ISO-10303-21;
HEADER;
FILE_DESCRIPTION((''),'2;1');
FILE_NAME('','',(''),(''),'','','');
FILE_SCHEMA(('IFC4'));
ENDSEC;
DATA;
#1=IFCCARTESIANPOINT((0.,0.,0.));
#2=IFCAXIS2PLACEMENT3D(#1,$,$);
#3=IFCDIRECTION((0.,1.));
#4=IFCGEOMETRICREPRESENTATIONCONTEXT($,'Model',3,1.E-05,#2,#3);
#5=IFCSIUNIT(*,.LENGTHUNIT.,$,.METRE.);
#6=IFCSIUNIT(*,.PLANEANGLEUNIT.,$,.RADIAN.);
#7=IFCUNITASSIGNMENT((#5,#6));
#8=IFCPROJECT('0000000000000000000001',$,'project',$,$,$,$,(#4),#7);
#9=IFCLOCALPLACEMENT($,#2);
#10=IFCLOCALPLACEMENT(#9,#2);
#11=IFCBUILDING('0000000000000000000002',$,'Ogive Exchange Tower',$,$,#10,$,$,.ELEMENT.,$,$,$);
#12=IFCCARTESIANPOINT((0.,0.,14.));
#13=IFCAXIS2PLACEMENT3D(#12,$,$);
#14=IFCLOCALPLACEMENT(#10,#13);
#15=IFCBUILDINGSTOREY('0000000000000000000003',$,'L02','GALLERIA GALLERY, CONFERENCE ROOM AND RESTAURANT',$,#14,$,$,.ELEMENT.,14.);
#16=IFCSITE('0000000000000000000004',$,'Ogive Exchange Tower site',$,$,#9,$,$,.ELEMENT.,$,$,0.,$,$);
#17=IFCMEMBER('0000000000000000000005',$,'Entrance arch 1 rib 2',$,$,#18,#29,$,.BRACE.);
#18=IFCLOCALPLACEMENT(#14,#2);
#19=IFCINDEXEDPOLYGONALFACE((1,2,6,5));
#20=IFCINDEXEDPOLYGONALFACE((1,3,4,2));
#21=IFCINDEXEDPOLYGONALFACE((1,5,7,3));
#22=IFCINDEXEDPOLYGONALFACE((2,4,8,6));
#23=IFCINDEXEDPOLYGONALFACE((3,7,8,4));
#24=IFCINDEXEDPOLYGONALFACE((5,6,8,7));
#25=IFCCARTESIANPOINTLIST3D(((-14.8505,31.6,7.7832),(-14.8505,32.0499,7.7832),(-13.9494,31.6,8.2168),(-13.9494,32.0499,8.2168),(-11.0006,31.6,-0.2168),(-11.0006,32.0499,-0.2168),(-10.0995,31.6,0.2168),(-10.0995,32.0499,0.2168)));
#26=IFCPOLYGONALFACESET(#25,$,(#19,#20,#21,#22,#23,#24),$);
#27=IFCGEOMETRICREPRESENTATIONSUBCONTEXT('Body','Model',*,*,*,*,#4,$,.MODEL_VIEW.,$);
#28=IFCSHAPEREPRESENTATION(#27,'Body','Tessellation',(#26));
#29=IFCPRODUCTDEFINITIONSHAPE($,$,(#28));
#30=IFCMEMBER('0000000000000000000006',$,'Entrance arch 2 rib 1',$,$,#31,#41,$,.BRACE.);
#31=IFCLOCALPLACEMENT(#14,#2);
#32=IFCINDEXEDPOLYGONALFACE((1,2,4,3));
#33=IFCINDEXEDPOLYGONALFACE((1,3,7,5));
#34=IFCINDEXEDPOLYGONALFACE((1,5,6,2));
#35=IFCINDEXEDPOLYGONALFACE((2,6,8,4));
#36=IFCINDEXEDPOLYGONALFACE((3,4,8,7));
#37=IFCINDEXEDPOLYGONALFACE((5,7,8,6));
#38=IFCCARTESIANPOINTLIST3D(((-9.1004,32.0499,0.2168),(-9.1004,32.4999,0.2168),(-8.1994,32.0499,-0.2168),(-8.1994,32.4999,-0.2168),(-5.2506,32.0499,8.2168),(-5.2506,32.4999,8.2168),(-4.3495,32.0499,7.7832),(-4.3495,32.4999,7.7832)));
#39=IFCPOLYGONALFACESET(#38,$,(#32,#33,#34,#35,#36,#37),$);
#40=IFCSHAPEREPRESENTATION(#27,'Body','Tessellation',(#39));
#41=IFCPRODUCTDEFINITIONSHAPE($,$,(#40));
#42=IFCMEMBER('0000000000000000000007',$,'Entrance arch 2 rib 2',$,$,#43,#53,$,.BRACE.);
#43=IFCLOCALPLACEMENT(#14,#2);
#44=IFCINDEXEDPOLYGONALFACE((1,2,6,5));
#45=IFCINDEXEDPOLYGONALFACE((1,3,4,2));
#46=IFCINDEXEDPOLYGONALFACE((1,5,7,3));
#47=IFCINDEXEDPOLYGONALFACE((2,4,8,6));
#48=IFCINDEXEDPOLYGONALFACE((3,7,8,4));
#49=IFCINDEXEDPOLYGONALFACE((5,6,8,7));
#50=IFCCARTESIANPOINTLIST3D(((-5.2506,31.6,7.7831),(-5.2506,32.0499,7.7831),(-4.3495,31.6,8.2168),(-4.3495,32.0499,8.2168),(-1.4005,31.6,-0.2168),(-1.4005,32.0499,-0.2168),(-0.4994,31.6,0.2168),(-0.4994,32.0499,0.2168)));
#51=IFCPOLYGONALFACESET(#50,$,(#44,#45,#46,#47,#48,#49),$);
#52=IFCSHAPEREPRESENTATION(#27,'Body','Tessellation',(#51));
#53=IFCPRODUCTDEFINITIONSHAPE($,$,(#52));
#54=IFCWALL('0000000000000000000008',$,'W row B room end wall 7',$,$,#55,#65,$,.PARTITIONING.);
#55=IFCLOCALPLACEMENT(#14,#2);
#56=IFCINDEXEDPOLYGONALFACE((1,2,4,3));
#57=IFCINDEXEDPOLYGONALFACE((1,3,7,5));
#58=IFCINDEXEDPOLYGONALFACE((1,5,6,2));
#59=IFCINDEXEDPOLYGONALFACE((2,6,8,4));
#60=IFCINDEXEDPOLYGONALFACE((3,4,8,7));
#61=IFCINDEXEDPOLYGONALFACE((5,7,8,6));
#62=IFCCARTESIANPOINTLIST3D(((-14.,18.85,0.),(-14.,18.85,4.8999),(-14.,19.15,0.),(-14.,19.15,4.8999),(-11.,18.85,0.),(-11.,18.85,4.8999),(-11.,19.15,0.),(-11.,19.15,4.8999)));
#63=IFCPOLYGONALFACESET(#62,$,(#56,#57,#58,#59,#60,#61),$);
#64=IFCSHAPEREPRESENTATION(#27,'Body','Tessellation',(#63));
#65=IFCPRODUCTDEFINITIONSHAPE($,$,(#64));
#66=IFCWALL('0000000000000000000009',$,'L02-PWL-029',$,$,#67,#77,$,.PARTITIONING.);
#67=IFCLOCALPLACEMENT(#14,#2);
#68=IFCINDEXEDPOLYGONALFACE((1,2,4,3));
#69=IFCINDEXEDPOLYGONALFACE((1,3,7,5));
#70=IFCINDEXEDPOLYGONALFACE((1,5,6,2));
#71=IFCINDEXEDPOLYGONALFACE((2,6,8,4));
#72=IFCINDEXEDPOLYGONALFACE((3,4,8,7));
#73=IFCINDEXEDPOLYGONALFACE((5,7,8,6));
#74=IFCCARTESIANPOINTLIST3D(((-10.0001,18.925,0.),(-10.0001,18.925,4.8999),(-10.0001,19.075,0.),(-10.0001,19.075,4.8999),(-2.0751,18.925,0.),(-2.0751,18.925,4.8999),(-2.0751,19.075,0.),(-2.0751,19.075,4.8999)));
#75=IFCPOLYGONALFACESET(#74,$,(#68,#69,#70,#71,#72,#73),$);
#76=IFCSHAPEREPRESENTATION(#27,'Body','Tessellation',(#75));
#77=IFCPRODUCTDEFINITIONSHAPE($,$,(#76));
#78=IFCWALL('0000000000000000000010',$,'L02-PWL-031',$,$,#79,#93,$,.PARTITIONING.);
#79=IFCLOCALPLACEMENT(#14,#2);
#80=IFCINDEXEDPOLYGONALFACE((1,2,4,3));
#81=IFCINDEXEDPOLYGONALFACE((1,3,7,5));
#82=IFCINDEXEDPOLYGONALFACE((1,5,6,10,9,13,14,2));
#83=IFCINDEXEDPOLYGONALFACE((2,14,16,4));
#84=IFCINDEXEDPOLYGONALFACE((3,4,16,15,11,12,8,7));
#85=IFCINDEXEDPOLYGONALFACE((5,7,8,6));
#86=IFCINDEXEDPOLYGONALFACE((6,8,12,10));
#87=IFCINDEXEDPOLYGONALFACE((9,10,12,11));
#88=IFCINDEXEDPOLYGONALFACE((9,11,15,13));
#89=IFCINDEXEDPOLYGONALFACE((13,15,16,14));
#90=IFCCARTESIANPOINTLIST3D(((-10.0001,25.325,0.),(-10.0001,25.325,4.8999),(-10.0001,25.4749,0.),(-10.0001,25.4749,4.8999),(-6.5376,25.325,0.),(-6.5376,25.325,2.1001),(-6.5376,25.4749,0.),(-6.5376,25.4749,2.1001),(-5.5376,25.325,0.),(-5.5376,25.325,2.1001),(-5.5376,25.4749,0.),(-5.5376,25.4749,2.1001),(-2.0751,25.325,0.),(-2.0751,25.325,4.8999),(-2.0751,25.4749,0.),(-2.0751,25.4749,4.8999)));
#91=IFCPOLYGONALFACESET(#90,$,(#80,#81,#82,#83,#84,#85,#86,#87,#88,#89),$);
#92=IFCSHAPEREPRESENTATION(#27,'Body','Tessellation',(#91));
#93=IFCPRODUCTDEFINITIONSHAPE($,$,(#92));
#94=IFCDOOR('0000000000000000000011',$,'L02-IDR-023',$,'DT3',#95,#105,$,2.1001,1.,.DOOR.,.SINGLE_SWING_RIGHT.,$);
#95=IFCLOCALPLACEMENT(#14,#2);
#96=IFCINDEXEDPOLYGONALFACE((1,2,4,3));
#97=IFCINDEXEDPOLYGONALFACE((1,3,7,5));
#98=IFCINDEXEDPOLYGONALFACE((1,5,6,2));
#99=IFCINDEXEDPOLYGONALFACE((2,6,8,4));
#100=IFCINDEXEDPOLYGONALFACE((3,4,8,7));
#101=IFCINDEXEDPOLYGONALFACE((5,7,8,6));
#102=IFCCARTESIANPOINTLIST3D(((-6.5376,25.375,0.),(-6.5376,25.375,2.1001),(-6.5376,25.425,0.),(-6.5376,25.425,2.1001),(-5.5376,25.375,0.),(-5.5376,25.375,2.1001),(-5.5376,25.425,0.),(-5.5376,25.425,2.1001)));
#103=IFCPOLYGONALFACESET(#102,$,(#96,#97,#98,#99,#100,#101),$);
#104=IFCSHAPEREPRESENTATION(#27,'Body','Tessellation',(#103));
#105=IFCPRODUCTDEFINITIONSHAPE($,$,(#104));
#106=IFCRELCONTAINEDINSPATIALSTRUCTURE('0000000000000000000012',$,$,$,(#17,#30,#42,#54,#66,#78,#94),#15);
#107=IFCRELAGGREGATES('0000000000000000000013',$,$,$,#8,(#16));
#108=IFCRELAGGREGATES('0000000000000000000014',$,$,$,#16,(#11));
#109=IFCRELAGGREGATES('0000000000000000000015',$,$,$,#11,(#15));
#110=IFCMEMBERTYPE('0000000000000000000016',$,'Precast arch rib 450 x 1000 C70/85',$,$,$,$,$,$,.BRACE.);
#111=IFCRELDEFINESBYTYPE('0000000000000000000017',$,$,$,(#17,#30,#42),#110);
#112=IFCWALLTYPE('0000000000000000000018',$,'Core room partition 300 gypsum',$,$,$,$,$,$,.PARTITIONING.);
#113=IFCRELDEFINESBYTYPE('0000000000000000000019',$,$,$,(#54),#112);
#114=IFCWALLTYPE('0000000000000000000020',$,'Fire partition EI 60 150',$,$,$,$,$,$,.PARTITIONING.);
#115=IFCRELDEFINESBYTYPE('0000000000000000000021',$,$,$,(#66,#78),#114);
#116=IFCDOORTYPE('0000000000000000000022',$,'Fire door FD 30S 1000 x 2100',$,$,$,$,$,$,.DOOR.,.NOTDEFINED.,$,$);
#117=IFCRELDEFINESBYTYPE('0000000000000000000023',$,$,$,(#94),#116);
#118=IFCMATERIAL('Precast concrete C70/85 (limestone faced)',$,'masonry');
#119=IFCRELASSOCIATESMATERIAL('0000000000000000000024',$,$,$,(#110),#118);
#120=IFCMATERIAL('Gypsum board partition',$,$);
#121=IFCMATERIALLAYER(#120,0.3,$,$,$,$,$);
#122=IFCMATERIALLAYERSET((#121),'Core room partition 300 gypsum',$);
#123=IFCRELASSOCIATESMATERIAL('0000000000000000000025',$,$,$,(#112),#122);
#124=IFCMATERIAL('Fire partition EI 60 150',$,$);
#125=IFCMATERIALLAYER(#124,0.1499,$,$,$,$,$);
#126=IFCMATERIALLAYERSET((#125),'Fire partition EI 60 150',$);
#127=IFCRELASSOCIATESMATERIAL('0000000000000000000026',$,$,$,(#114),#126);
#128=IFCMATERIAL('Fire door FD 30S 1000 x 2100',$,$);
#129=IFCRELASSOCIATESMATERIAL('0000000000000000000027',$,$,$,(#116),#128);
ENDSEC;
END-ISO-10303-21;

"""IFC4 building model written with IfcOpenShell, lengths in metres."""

from ifc_helpers import new_model, si_unit, direction, frame, frame_2d, origin, origin_2d, place, context, subcontext, project, spatial, rectangle, extrude, material, layer, layer_set, material_profile, profile_set, type_object, element, fill, save


model = new_model("IFC4")

# Units and contexts
model_context = context("Model", 3, precision=1e-05, world=origin(), true_north=direction((0.0, 1.0)))
body_context = subcontext(model_context, "Body", "Model", "MODEL_VIEW")
ifc_project = project(units=[si_unit("LENGTHUNIT", "METRE"), si_unit("PLANEANGLEUNIT", "RADIAN")], contexts=[model_context])

# Site, building, storey
site_placement = place(None, origin())
site = spatial("IfcSite", under=ifc_project, at=site_placement, Name="Ogive Exchange Tower site", CompositionType="ELEMENT", RefElevation=0.0)
building_placement = place(site_placement, origin())
building = spatial("IfcBuilding", under=site, at=building_placement, Name="Ogive Exchange Tower", CompositionType="ELEMENT")
storey_placement = place(building_placement, frame((0.0, 0.0, 14.0)))
storey = spatial("IfcBuildingStorey", under=building, at=storey_placement, Name="L02", Description="GALLERIA GALLERY, CONFERENCE ROOM AND RESTAURANT", CompositionType="ELEMENT", Elevation=14.0)

# Members
ifc_material_1 = material(Name="Precast concrete C70/85 (limestone faced)", Category="masonry")
ifc_material_profile_1 = material_profile(ifc_material_1, rectangle(XDim=0.45, YDim=1.0, at=origin_2d()), Name="RIB 450 x 1000")
ifc_profile_set_1 = profile_set([ifc_material_profile_1], Name="Precast concrete C70/85 (limestone faced)")
member_type = type_object("IfcMemberType", Name="Precast arch rib 450 x 1000 C70/85", PredefinedType="BRACE", material=ifc_profile_set_1)
for number, where, z_axis, x_axis, name in (
    (1, (-10.55, 31.825, 0.0), (-0.433633, 0.0, 0.90109), (0.0, -1.0, 0.0), "Entrance arch 1 rib 2"),
    (2, (-8.6499, 32.2749, 0.0), (0.433633, 0.0, 0.90109), (0.0, 1.0, 0.0), "Entrance arch 2 rib 1"),
    (3, (-0.95, 31.825, 0.0), (-0.433655, 0.0, 0.901079), (0.0, -1.0, 0.0), "Entrance arch 2 rib 2"),
):
    element("IfcMember", number, at=place(storey_placement, frame(where, z_axis=z_axis, x_axis=x_axis)), inside=storey, type_object=member_type, Name=name, PredefinedType="BRACE", context=body_context, shape_type="SweptSolid", body=[
        extrude(rectangle(XDim=0.45, YDim=1.0, at=origin_2d()), origin(), (0.0, 0.0, 1.0), 8.8782),
    ])

# Walls
ifc_material_2 = material(Name="Gypsum board partition")
ifc_layer_1 = layer(ifc_material_2, 0.3)
ifc_layer_set_1 = layer_set([ifc_layer_1], Name="Core room partition 300 gypsum")
wall_type_1 = type_object("IfcWallType", Name="Core room partition 300 gypsum", PredefinedType="PARTITIONING", material=ifc_layer_set_1)
wall_1_placement = place(storey_placement, frame((-14.0, 19.0, 0.0), z_axis=(0.0, 0.0, 1.0), x_axis=(1.0, 0.0, 0.0)))
element("IfcWall", 4, at=wall_1_placement, inside=storey, type_object=wall_type_1, Name="W row B room end wall 7", PredefinedType="PARTITIONING", context=body_context, shape_type="SweptSolid", body=[
    extrude(rectangle(XDim=3.0, YDim=0.3, at=frame_2d((1.5, 0.0))), origin(), (0.0, 0.0, 1.0), 4.8999),
])
ifc_material_3 = material(Name="Fire partition EI 60 150")
ifc_layer_2 = layer(ifc_material_3, 0.1499)
ifc_layer_set_2 = layer_set([ifc_layer_2], Name="Fire partition EI 60 150")
wall_type_2 = type_object("IfcWallType", Name="Fire partition EI 60 150", PredefinedType="PARTITIONING", material=ifc_layer_set_2)
wall_2_placement = place(storey_placement, frame((-10.0, 19.0, 0.0), z_axis=(0.0, 0.0, 1.0), x_axis=(1.0, 0.0, 0.0)))
element("IfcWall", 5, at=wall_2_placement, inside=storey, type_object=wall_type_2, Name="L02-PWL-029", PredefinedType="PARTITIONING", context=body_context, shape_type="SweptSolid", body=[
    extrude(rectangle(XDim=7.925, YDim=0.1499, at=frame_2d((3.9624, 0.0))), origin(), (0.0, 0.0, 1.0), 4.8999),
])

# Wall, opening, door
wall_3_placement = place(storey_placement, frame((-10.0, 25.3999, 0.0), z_axis=(0.0, 0.0, 1.0), x_axis=(1.0, 0.0, 0.0)))
wall_3 = element("IfcWall", 6, at=wall_3_placement, inside=storey, type_object=wall_type_2, Name="L02-PWL-031", PredefinedType="PARTITIONING", context=body_context, shape_type="SweptSolid", body=[
    extrude(rectangle(XDim=7.925, YDim=0.1499, at=frame_2d((3.9624, 0.0))), origin(), (0.0, 0.0, 1.0), 4.8999),
])
opening_1_placement = place(wall_3_placement, frame((3.4624, 0.0, 0.0)))
opening_1 = element("IfcOpeningElement", 7, at=opening_1_placement, cuts=wall_3, PredefinedType="OPENING", context=body_context, shape_type="SweptSolid", body=[
    extrude(rectangle(XDim=1.0, YDim=2.1001, at=frame_2d((0.5, 1.05))), frame((0.0, 0.085, 0.0), z_axis=(0.0, -1.0, 0.0), x_axis=(1.0, 0.0, 0.0)), (0.0, 0.0, 1.0), 0.1699),
])
ifc_material_4 = material(Name="Fire door FD 30S 1000 x 2100")
door_type = type_object("IfcDoorType", Name="Fire door FD 30S 1000 x 2100", OperationType="NOTDEFINED", PredefinedType="DOOR", material=ifc_material_4)
door_placement = place(opening_1_placement, frame((1.0, 0.0, 0.0), z_axis=(0.0, 0.0, 1.0), x_axis=(-1.0, 0.0, 0.0)))
door = element("IfcDoor", 8, at=door_placement, inside=storey, type_object=door_type, Name="L02-IDR-023", ObjectType="DT3", OperationType="SINGLE_SWING_RIGHT", OverallHeight=2.1001, OverallWidth=1.0, PredefinedType="DOOR", context=body_context, shape_type="SweptSolid", body=[
    extrude(rectangle(XDim=1.0, YDim=2.1001, at=frame_2d((0.5, 1.05))), frame((0.0, 0.0249, 0.0), z_axis=(0.0, -1.0, 0.0), x_axis=(1.0, 0.0, 0.0)), (0.0, 0.0, 1.0), 0.05),
])
fill(opening_1, door)

save(model, "model.ifc")
